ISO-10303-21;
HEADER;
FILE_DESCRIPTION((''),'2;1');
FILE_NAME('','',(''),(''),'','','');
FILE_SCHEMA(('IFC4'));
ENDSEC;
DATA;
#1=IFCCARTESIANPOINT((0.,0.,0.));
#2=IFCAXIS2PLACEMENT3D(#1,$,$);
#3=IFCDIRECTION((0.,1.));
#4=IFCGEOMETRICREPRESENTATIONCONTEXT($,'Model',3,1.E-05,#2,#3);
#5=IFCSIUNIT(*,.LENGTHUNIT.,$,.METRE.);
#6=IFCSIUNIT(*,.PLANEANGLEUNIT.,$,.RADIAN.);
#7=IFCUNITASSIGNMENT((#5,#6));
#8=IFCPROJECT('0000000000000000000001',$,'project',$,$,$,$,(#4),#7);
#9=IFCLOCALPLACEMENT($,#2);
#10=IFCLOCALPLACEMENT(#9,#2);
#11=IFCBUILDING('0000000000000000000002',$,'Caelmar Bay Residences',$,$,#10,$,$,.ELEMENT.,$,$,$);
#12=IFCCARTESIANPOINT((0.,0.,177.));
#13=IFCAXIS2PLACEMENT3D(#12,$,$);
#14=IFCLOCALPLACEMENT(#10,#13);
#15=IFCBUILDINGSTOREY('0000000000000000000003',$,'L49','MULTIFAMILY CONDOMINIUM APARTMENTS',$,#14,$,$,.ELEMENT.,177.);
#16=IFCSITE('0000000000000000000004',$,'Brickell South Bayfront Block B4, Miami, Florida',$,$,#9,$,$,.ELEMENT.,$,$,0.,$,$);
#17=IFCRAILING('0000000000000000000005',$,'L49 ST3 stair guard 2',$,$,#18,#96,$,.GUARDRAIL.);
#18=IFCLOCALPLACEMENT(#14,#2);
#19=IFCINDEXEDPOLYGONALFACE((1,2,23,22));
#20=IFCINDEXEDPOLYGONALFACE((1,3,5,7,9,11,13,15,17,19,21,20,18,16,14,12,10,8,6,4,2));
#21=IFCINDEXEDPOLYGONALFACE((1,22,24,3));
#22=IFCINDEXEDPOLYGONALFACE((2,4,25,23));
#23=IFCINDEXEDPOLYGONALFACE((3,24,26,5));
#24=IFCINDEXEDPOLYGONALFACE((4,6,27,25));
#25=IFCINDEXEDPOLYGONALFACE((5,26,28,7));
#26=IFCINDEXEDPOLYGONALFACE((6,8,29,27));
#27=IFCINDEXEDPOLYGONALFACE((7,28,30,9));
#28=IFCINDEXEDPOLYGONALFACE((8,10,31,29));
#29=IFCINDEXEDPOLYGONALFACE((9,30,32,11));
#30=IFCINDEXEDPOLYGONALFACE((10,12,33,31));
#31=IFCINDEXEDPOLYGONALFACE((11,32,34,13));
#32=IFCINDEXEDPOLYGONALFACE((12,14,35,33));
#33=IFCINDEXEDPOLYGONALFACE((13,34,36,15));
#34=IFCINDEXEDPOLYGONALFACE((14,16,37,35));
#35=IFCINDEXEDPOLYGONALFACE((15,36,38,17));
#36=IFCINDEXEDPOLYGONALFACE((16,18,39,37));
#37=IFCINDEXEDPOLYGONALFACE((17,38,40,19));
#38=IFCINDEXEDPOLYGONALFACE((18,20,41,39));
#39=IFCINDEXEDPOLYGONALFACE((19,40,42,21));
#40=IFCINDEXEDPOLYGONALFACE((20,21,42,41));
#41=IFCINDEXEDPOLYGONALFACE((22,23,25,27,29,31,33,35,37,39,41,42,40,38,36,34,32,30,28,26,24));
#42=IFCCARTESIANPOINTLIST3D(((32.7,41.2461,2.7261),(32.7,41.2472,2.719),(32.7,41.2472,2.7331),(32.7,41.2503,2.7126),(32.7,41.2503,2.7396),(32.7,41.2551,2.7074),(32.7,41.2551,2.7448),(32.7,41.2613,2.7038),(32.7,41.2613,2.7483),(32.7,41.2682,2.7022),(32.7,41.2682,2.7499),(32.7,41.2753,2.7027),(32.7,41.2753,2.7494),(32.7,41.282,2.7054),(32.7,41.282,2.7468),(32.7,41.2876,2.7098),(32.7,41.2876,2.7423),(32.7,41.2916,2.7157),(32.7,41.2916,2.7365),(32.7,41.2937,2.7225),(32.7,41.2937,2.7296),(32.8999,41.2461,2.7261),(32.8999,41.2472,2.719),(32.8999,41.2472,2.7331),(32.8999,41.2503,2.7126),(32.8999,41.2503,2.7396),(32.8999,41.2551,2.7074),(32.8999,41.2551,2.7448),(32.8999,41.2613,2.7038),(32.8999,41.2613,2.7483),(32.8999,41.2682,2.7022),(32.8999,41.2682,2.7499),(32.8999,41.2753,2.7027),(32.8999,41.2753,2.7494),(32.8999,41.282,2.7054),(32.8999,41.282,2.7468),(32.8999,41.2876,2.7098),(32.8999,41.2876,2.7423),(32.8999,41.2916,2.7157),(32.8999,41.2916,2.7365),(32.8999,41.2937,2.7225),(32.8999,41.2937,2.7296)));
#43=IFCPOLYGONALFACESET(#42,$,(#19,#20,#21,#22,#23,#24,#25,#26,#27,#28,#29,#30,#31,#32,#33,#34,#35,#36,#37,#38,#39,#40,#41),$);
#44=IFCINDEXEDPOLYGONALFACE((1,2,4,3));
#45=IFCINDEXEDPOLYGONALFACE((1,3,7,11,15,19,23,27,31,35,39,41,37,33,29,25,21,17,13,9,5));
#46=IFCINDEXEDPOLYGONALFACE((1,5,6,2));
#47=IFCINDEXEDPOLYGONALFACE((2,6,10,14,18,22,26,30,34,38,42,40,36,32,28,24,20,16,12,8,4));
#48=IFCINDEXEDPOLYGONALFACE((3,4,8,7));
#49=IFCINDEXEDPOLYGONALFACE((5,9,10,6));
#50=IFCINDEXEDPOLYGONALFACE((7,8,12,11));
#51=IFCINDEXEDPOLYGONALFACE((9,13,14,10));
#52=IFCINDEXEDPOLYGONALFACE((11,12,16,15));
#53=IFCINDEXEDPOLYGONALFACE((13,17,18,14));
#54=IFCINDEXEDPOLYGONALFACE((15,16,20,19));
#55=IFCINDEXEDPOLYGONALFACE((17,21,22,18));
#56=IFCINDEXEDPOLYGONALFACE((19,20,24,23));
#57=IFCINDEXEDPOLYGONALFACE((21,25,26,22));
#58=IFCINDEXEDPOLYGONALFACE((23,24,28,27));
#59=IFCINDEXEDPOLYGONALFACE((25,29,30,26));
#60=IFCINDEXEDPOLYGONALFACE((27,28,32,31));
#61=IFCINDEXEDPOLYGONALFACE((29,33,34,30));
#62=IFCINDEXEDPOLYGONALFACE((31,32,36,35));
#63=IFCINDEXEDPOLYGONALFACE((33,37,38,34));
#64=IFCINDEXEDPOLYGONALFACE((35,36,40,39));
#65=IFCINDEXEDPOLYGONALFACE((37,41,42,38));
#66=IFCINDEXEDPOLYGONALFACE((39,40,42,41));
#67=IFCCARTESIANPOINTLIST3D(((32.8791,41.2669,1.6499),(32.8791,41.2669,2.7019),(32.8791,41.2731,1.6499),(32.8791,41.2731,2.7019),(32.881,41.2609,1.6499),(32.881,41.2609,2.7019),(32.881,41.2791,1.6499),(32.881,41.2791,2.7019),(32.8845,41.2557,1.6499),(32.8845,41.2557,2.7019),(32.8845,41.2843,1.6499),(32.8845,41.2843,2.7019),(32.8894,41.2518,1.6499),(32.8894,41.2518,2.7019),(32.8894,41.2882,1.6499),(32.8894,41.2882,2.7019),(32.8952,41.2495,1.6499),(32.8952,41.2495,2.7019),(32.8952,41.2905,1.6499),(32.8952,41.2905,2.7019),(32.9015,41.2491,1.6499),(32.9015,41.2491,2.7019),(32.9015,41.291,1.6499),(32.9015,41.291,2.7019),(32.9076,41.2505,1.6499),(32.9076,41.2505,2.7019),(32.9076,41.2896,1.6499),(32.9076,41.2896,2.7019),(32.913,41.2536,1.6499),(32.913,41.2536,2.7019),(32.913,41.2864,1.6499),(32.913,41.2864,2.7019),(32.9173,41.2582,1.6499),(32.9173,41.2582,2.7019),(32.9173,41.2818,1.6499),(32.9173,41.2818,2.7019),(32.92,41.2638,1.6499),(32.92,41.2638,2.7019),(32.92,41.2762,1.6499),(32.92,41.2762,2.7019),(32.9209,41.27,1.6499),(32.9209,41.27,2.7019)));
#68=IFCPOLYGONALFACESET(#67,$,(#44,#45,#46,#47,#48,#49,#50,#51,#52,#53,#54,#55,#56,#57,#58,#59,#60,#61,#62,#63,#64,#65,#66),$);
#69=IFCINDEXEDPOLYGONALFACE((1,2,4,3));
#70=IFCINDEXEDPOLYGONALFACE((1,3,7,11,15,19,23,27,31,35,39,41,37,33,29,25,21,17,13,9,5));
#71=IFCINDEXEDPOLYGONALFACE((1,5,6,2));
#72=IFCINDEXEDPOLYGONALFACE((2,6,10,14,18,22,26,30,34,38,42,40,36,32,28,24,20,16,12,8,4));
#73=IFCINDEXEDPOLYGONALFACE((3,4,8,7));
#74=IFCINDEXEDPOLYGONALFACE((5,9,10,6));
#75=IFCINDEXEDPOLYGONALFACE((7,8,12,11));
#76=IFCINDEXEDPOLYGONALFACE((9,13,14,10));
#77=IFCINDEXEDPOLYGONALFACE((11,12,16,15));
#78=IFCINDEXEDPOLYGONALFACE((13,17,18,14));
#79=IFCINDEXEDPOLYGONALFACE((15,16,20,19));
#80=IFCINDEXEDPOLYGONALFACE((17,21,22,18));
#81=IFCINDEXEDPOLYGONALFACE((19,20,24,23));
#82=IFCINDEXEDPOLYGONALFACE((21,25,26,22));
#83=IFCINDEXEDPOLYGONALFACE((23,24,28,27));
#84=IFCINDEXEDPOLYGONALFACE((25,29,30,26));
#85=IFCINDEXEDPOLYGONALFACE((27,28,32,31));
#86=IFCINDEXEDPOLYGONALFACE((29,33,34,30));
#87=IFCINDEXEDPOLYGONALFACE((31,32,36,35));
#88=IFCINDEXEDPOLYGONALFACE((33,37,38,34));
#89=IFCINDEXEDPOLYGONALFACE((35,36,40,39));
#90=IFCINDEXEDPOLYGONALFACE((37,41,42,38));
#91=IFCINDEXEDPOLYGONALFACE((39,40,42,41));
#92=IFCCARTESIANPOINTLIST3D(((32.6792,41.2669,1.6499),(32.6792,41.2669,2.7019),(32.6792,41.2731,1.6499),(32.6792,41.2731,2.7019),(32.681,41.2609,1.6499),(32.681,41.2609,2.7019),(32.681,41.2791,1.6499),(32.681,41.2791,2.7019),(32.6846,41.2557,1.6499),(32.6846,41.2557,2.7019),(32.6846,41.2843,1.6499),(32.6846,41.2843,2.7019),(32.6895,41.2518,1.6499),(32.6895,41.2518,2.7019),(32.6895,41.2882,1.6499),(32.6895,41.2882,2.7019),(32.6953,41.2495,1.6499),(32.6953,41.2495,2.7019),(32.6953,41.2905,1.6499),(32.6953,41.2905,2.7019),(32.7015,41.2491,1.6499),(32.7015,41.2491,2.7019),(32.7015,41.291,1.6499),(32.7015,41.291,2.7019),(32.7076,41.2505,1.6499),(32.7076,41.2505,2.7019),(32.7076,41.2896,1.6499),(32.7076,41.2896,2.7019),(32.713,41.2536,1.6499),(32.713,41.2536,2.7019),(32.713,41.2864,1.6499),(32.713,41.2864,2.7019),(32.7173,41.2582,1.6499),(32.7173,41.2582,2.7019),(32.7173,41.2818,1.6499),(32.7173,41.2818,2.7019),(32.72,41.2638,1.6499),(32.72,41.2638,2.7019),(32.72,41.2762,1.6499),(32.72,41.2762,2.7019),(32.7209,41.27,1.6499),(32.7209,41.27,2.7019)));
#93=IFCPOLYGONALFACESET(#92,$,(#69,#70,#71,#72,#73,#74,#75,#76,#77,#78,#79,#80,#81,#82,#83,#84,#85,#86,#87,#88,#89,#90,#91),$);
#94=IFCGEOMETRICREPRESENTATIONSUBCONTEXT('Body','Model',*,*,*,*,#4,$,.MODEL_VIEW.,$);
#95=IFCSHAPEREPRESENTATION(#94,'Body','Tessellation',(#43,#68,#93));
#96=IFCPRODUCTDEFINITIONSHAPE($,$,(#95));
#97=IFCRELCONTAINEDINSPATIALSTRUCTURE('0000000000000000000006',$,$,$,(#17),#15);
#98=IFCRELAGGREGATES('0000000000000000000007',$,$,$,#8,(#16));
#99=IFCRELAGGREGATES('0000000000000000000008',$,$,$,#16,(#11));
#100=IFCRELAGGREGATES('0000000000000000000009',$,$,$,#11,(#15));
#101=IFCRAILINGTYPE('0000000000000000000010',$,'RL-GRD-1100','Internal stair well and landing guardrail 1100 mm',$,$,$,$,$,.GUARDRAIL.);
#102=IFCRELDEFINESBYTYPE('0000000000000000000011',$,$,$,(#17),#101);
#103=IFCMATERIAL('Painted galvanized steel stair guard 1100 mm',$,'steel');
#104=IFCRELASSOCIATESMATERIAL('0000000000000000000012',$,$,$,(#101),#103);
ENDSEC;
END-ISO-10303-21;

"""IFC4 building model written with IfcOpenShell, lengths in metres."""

from ifc_helpers import new_model, si_unit, direction, frame, origin, origin_2d, place, context, subcontext, project, spatial, circle, extrude, material, type_object, element, save


model = new_model("IFC4")

# Units and contexts
model_context = context("Model", 3, precision=1e-05, world=origin(), true_north=direction((0.0, 1.0)))
body_context = subcontext(model_context, "Body", "Model", "MODEL_VIEW")
ifc_project = project(units=[si_unit("LENGTHUNIT", "METRE"), si_unit("PLANEANGLEUNIT", "RADIAN")], contexts=[model_context])

# Site, building, storey
site_placement = place(None, origin())
site = spatial("IfcSite", under=ifc_project, at=site_placement, Name="Brickell South Bayfront Block B4, Miami, Florida", CompositionType="ELEMENT", RefElevation=0.0)
building_placement = place(site_placement, origin())
building = spatial("IfcBuilding", under=site, at=building_placement, Name="Caelmar Bay Residences", CompositionType="ELEMENT")
storey_placement = place(building_placement, frame((0.0, 0.0, 177.0)))
storey = spatial("IfcBuildingStorey", under=building, at=storey_placement, Name="L49", Description="MULTIFAMILY CONDOMINIUM APARTMENTS", CompositionType="ELEMENT", Elevation=177.0)

# Railing
ifc_material_1 = material(Name="Painted galvanized steel stair guard 1100 mm", Category="steel")
railing_type_1 = type_object("IfcRailingType", Name="RL-GRD-1100", Description="Internal stair well and landing guardrail 1100 mm", PredefinedType="GUARDRAIL", material=ifc_material_1)
railing_1_placement = place(storey_placement, frame((32.8999, 41.27, 1.6499)))
element("IfcRailing", 1, at=railing_1_placement, inside=storey, type_object=railing_type_1, Name="L49 ST3 stair guard 2", PredefinedType="GUARDRAIL", context=body_context, shape_type="SweptSolid", body=[
    extrude(circle(Radius=0.0239, at=origin_2d()), frame((0.0, 0.0, 1.0762), z_axis=(-1.0, 0.0, 0.0), x_axis=(0.0, -1.0, 0.0)), (0.0, 0.0, 1.0), 0.2),
    extrude(circle(Radius=0.021, at=origin_2d()), origin(), (0.0, 0.0, 1.0), 1.052),
    extrude(circle(Radius=0.021, at=origin_2d()), frame((-0.2, 0.0, 0.0)), (0.0, 0.0, 1.0), 1.052),
])

save(model, "model.ifc")
